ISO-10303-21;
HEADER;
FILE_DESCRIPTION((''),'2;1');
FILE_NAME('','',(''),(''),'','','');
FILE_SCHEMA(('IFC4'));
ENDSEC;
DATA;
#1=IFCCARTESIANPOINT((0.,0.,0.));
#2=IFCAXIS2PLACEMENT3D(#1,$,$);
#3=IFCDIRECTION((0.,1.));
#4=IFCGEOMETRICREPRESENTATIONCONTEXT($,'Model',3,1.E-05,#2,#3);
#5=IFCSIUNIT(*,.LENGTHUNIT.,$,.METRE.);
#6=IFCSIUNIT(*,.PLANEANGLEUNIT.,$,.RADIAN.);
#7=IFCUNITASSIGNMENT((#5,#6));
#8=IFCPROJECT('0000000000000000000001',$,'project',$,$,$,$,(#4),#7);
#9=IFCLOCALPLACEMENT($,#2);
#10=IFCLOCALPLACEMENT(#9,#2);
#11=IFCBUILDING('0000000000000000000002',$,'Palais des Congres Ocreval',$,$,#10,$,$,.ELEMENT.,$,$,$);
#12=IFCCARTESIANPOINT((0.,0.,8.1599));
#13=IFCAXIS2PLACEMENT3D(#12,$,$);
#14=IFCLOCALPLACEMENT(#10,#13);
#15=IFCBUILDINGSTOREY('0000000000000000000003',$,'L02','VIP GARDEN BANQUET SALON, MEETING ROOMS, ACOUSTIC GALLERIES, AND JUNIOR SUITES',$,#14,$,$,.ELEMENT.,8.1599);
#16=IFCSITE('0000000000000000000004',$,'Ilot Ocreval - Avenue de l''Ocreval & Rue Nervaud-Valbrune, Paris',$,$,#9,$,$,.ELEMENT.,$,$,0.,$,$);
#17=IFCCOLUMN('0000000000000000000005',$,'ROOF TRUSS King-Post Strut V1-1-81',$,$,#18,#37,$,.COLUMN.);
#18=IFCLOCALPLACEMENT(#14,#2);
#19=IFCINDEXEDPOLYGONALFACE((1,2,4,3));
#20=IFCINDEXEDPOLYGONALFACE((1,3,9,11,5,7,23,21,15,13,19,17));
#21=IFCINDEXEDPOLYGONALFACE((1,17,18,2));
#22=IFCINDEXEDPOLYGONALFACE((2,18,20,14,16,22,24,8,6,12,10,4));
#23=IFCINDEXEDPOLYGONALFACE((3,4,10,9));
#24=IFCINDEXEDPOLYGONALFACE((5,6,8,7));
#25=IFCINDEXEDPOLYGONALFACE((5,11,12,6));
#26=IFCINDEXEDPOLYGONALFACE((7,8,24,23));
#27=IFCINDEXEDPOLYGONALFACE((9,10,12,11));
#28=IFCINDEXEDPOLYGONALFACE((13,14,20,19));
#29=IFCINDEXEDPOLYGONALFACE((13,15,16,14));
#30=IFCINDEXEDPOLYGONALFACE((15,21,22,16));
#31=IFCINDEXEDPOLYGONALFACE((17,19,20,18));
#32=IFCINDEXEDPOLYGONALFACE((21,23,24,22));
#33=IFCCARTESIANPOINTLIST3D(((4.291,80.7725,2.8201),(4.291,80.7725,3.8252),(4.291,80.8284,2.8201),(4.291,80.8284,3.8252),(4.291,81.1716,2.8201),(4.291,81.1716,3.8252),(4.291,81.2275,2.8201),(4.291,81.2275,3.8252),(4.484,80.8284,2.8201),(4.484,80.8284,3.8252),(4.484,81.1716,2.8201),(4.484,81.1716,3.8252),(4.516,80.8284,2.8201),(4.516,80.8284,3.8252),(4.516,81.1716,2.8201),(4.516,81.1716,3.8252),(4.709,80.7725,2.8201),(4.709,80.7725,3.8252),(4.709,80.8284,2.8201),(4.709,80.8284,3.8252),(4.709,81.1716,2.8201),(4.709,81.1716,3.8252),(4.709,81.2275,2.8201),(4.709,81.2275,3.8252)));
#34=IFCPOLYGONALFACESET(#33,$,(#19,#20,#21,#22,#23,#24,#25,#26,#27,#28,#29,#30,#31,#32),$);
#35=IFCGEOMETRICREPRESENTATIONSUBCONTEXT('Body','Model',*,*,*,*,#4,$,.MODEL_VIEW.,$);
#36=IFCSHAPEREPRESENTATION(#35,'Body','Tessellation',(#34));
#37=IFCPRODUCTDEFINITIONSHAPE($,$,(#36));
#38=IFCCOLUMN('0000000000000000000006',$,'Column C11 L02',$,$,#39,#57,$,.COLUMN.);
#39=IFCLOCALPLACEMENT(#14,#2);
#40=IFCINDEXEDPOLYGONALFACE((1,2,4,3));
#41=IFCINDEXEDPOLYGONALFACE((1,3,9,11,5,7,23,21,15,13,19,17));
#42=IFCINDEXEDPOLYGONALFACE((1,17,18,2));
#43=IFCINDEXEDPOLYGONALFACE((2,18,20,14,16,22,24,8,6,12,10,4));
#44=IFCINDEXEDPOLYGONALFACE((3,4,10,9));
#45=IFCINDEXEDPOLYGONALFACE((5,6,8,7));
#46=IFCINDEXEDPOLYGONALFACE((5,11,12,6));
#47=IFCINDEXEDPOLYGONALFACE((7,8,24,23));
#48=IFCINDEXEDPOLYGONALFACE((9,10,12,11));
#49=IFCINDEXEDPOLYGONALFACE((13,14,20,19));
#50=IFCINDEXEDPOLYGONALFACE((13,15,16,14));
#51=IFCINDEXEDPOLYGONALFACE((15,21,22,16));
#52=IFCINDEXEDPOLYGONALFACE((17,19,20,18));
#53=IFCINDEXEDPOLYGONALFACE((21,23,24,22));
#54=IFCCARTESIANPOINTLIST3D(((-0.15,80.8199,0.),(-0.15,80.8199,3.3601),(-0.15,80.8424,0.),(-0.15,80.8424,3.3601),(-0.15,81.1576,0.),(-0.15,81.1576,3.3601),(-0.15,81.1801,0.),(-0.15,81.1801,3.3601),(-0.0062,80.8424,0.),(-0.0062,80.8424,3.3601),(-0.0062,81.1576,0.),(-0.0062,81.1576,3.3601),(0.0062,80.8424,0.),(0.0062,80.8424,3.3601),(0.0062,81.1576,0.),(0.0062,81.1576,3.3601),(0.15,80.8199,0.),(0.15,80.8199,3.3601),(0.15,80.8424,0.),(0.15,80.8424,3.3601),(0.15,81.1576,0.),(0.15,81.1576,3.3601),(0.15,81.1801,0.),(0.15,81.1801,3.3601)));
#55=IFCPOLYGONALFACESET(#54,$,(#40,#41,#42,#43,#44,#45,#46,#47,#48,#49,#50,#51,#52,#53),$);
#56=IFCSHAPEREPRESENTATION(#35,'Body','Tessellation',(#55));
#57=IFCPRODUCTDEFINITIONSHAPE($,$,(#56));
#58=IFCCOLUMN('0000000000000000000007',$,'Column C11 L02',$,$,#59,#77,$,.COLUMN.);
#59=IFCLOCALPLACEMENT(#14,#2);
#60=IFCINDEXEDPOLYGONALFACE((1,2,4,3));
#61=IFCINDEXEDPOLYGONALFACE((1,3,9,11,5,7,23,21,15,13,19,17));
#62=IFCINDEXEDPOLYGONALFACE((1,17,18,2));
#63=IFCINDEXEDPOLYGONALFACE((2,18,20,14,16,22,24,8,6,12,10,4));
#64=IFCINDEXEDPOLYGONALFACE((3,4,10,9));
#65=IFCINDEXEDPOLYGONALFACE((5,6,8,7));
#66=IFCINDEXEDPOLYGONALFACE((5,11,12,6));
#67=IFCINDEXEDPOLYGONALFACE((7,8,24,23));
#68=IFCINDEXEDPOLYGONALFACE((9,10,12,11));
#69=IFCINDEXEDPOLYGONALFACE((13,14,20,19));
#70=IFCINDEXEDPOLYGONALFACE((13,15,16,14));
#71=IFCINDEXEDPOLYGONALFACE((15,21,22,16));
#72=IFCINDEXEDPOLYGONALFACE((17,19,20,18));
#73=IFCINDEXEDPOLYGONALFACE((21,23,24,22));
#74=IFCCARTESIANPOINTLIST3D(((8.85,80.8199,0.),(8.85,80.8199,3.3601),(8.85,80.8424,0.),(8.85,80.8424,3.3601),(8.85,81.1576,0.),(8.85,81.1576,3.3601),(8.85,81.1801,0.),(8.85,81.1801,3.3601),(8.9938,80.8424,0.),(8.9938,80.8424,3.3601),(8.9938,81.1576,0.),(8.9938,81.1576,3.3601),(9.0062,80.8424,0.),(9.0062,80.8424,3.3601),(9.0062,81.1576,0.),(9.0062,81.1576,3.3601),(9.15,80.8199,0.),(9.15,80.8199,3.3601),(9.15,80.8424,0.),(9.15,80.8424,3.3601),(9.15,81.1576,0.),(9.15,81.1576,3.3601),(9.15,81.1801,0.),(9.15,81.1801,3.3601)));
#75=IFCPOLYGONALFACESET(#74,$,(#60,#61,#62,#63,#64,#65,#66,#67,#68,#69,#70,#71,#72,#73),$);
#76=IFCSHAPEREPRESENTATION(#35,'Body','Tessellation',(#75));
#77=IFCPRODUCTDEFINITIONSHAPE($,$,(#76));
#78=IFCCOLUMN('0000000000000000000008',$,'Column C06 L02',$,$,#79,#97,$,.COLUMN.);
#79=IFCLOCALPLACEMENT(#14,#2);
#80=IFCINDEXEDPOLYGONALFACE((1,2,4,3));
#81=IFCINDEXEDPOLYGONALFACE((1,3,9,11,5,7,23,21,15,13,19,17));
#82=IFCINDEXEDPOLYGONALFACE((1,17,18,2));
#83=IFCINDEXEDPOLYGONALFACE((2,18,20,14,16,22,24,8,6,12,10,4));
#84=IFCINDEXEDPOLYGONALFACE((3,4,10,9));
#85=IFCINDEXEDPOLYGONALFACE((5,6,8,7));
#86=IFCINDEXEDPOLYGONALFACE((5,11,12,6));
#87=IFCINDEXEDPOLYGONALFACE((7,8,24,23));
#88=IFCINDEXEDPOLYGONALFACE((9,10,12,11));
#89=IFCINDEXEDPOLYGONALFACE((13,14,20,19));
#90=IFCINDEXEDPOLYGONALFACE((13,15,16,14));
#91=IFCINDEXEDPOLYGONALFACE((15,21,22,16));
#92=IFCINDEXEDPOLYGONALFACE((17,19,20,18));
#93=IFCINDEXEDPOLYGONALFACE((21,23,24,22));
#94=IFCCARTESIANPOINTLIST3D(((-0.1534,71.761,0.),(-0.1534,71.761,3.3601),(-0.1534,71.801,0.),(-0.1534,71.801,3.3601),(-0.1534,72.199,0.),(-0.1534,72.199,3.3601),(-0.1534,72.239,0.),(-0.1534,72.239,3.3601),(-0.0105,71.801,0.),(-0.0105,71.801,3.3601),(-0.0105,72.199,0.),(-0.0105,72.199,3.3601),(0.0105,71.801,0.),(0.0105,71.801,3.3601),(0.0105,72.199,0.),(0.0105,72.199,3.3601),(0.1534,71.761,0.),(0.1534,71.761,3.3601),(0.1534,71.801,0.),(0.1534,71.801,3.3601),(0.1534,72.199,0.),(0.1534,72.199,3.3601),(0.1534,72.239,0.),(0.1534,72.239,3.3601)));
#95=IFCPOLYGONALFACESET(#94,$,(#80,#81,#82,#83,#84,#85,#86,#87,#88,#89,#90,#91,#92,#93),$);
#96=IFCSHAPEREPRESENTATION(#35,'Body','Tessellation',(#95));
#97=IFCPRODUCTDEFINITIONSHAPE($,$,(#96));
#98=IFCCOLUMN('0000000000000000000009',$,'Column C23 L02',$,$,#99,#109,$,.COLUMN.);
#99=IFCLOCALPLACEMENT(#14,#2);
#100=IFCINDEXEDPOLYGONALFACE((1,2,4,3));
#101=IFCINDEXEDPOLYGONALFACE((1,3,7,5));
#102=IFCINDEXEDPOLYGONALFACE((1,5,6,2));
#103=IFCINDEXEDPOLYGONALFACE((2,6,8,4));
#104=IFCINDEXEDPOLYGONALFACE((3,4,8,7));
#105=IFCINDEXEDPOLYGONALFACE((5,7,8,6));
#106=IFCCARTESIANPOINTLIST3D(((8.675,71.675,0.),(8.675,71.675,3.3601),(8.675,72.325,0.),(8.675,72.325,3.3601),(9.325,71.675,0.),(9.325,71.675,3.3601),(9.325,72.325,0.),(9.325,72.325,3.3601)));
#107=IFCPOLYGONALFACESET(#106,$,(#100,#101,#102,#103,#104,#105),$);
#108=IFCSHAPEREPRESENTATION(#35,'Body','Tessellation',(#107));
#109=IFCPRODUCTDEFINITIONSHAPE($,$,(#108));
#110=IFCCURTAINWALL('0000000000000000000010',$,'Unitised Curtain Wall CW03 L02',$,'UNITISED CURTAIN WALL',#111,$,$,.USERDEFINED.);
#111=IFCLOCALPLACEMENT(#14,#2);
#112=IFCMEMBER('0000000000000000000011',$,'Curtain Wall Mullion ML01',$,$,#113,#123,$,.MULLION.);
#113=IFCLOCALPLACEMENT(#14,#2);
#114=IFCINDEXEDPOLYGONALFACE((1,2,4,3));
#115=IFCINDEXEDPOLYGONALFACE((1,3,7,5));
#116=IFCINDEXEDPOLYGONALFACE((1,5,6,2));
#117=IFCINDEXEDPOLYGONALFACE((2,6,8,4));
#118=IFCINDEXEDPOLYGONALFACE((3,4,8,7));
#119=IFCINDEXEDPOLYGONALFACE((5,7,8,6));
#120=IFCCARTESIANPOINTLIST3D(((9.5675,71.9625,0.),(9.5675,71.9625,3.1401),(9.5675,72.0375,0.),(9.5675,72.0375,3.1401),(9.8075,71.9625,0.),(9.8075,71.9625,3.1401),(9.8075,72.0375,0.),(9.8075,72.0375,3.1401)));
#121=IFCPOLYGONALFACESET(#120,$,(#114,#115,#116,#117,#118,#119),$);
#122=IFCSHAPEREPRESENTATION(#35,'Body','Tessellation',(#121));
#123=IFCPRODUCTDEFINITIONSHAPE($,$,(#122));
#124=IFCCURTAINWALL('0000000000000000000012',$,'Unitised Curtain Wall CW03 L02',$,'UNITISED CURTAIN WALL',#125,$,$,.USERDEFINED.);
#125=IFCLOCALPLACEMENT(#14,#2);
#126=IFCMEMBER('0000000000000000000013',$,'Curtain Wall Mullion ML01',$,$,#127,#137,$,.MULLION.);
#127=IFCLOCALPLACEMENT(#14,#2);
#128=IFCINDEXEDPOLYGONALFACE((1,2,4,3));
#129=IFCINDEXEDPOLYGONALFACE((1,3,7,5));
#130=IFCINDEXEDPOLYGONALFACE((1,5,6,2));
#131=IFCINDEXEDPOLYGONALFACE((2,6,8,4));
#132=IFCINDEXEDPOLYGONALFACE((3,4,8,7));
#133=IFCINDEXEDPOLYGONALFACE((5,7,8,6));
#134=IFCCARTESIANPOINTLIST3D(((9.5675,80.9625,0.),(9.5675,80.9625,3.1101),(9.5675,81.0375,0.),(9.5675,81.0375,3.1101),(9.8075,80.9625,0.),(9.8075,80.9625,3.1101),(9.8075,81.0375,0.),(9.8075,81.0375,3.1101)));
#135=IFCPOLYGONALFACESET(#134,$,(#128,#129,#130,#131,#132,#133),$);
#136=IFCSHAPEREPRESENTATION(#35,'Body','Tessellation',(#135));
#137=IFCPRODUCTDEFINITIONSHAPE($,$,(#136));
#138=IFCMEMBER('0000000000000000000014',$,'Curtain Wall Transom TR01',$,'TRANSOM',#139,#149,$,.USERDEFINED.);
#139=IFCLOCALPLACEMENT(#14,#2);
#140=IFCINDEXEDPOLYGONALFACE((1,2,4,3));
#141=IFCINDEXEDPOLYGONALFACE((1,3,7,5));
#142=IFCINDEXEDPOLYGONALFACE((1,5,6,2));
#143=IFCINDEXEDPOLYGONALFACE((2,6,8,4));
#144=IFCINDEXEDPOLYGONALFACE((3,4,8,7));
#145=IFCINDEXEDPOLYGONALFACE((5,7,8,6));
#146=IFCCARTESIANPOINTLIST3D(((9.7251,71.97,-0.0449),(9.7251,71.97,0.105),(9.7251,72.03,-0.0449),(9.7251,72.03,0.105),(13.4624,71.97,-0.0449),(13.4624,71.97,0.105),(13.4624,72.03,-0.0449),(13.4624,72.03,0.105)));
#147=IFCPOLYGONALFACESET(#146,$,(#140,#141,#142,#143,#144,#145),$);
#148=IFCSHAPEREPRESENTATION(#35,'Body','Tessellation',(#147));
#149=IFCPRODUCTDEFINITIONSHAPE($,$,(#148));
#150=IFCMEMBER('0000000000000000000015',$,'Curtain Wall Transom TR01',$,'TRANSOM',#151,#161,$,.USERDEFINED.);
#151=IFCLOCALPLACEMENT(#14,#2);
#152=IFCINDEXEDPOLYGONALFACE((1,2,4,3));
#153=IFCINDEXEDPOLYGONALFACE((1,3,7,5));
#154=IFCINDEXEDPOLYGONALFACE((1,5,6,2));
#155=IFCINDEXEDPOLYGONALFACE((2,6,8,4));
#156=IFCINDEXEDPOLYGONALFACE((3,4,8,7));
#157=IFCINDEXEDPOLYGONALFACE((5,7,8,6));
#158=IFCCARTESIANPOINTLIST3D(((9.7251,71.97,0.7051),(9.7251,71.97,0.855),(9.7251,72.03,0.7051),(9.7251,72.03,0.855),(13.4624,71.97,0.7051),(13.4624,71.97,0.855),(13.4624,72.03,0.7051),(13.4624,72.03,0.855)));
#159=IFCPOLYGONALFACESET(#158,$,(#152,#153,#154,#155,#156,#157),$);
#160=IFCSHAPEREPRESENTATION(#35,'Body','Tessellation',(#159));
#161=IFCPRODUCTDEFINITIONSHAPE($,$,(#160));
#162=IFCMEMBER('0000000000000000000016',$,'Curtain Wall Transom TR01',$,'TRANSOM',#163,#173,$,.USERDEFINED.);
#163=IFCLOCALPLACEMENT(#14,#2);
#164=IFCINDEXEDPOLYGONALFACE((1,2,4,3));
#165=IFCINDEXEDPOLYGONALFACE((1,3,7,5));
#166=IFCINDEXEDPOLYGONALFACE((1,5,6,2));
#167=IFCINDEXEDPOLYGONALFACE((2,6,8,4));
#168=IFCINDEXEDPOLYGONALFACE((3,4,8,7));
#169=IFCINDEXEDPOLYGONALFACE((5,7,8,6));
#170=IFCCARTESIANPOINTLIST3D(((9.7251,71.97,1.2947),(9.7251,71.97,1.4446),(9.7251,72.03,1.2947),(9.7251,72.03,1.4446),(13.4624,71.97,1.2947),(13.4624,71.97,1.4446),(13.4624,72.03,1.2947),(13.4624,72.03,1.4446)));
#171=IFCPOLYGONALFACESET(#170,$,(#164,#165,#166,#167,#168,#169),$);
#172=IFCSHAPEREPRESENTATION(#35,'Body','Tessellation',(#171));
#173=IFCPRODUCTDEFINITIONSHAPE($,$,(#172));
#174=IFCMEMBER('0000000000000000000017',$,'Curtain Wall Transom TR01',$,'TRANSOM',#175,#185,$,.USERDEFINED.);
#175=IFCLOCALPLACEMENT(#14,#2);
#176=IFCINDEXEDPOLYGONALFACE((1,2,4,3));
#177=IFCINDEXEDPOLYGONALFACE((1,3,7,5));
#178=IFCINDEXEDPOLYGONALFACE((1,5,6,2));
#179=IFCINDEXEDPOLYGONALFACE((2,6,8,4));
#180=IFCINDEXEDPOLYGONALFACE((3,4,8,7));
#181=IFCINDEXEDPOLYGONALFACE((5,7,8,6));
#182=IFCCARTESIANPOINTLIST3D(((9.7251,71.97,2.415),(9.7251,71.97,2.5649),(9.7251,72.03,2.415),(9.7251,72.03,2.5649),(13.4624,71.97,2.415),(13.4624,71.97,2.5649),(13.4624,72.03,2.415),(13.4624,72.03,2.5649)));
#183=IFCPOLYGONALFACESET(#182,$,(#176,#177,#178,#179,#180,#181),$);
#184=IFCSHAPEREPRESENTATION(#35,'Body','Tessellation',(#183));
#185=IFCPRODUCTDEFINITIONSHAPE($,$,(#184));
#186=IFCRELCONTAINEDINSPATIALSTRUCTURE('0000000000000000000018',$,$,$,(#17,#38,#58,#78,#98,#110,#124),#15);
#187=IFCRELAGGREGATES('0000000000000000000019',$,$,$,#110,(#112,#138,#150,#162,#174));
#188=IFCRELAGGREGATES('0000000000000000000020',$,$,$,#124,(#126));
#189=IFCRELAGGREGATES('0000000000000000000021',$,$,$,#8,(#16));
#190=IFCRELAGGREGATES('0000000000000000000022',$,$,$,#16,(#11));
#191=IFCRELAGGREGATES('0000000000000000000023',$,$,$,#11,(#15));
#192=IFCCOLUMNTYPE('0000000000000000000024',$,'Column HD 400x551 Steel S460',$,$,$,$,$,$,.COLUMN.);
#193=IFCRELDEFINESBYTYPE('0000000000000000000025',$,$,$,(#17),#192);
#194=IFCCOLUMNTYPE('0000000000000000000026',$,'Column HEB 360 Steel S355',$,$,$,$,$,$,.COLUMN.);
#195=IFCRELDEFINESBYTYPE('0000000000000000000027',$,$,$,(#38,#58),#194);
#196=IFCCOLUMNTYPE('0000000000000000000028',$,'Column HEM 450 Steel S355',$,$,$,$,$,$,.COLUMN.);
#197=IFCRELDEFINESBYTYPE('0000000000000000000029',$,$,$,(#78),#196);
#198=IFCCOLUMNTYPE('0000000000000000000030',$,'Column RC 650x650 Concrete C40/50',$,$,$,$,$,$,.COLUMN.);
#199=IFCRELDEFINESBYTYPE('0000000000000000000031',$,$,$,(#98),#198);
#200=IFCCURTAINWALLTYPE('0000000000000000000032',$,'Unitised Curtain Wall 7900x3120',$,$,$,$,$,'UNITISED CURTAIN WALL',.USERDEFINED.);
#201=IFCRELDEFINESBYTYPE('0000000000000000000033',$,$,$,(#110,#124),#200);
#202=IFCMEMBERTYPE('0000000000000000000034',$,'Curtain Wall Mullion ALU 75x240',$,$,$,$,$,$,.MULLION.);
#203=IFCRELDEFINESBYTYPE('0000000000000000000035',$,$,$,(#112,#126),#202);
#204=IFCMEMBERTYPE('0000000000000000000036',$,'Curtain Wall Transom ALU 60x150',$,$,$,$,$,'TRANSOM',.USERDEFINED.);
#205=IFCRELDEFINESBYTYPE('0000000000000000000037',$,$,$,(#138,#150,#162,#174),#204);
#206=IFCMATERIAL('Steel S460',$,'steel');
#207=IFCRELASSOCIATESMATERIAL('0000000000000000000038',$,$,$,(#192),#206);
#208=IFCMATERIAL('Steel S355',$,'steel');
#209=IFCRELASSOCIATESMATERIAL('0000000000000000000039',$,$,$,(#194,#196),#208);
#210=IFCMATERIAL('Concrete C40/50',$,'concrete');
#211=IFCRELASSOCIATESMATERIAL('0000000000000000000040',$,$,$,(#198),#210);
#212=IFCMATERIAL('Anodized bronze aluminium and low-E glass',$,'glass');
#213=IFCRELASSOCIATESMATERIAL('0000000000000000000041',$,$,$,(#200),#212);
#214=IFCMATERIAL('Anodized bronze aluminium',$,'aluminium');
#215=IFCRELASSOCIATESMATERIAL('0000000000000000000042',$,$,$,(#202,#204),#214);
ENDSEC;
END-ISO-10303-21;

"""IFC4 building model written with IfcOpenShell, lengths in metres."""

from ifc_helpers import new_model, si_unit, direction, frame, origin, origin_2d, place, context, subcontext, project, spatial, rectangle, i_section, extrude, material, material_profile, profile_set, type_object, element, aggregate, save


model = new_model("IFC4")

# Units and contexts
model_context = context("Model", 3, precision=1e-05, world=origin(), true_north=direction((0.0, 1.0)))
body_context = subcontext(model_context, "Body", "Model", "MODEL_VIEW")
ifc_project = project(units=[si_unit("LENGTHUNIT", "METRE"), si_unit("PLANEANGLEUNIT", "RADIAN")], contexts=[model_context])

# Site, building, storey
site_placement = place(None, origin())
site = spatial("IfcSite", under=ifc_project, at=site_placement, Name="Ilot Ocreval - Avenue de l'Ocreval & Rue Nervaud-Valbrune, Paris", CompositionType="ELEMENT", RefElevation=0.0)
building_placement = place(site_placement, origin())
building = spatial("IfcBuilding", under=site, at=building_placement, Name="Palais des Congres Ocreval", CompositionType="ELEMENT")
storey_placement = place(building_placement, frame((0.0, 0.0, 8.1599)))
storey = spatial("IfcBuildingStorey", under=building, at=storey_placement, Name="L02", Description="VIP GARDEN BANQUET SALON, MEETING ROOMS, ACOUSTIC GALLERIES, AND JUNIOR SUITES", CompositionType="ELEMENT", Elevation=8.1599)

# Columns
ifc_material_1 = material(Name="Steel S460", Category="steel")
ifc_material_profile_1 = material_profile(ifc_material_1, i_section(OverallWidth=0.418, OverallDepth=0.4551, WebThickness=0.032, FlangeThickness=0.0559, at=origin_2d()), Name="HD 400x551")
ifc_profile_set_1 = profile_set([ifc_material_profile_1], Name="Steel S460")
column_type_1 = type_object("IfcColumnType", Name="Column HD 400x551 Steel S460", PredefinedType="COLUMN", material=ifc_profile_set_1)
column_1_placement = place(storey_placement, frame((4.5, 81.0, 2.8201), z_axis=(0.0, 0.0, 1.0), x_axis=(1.0, 0.0, 0.0)))
element("IfcColumn", 1, at=column_1_placement, inside=storey, type_object=column_type_1, Name="ROOF TRUSS King-Post Strut V1-1-81", PredefinedType="COLUMN", context=body_context, shape_type="SweptSolid", body=[
    extrude(i_section(OverallWidth=0.418, OverallDepth=0.4551, WebThickness=0.032, FlangeThickness=0.0559, at=origin_2d()), origin(), (0.0, 0.0, 1.0), 1.0051),
])
ifc_material_2 = material(Name="Steel S355", Category="steel")
ifc_material_profile_2 = material_profile(ifc_material_2, i_section(OverallWidth=0.3, OverallDepth=0.3601, WebThickness=0.0125, FlangeThickness=0.0225, at=origin_2d()), Name="HEB 360")
ifc_profile_set_2 = profile_set([ifc_material_profile_2], Name="Steel S355")
column_type_2 = type_object("IfcColumnType", Name="Column HEB 360 Steel S355", PredefinedType="COLUMN", material=ifc_profile_set_2)
for number, where, z_axis, x_axis, name in (
    (2, (0.0, 81.0, 0.0), (0.0, 0.0, 1.0), (1.0, 0.0, 0.0), "Column C11 L02"),
    (3, (9.0, 81.0, 0.0), (0.0, 0.0, 1.0), (1.0, 0.0, 0.0), "Column C11 L02"),
):
    element("IfcColumn", number, at=place(storey_placement, frame(where, z_axis=z_axis, x_axis=x_axis)), inside=storey, type_object=column_type_2, Name=name, PredefinedType="COLUMN", context=body_context, shape_type="SweptSolid", body=[
        extrude(i_section(OverallWidth=0.3, OverallDepth=0.3601, WebThickness=0.0125, FlangeThickness=0.0225, at=origin_2d()), origin(), (0.0, 0.0, 1.0), 3.3601),
    ])
ifc_material_profile_3 = material_profile(ifc_material_2, i_section(OverallWidth=0.3069, OverallDepth=0.478, WebThickness=0.021, FlangeThickness=0.04, at=origin_2d()), Name="HEM 450")
ifc_profile_set_3 = profile_set([ifc_material_profile_3], Name="Steel S355")
column_type_3 = type_object("IfcColumnType", Name="Column HEM 450 Steel S355", PredefinedType="COLUMN", material=ifc_profile_set_3)
column_2_placement = place(storey_placement, frame((0.0, 72.0, 0.0), z_axis=(0.0, 0.0, 1.0), x_axis=(1.0, 0.0, 0.0)))
element("IfcColumn", 4, at=column_2_placement, inside=storey, type_object=column_type_3, Name="Column C06 L02", PredefinedType="COLUMN", context=body_context, shape_type="SweptSolid", body=[
    extrude(i_section(OverallWidth=0.3069, OverallDepth=0.478, WebThickness=0.021, FlangeThickness=0.04, at=origin_2d()), origin(), (0.0, 0.0, 1.0), 3.3601),
])
ifc_material_3 = material(Name="Concrete C40/50", Category="concrete")
ifc_material_profile_4 = material_profile(ifc_material_3, rectangle(XDim=0.6499, YDim=0.6499, at=origin_2d()), Name="RC 650x650")
ifc_profile_set_4 = profile_set([ifc_material_profile_4], Name="Concrete C40/50")
column_type_4 = type_object("IfcColumnType", Name="Column RC 650x650 Concrete C40/50", PredefinedType="COLUMN", material=ifc_profile_set_4)
column_3_placement = place(storey_placement, frame((9.0, 72.0, 0.0), z_axis=(0.0, 0.0, 1.0), x_axis=(1.0, 0.0, 0.0)))
element("IfcColumn", 5, at=column_3_placement, inside=storey, type_object=column_type_4, Name="Column C23 L02", PredefinedType="COLUMN", context=body_context, shape_type="SweptSolid", body=[
    extrude(rectangle(XDim=0.6499, YDim=0.6499, at=origin_2d()), origin(), (0.0, 0.0, 1.0), 3.3601),
])

# Curtain walls, members
ifc_material_4 = material(Name="Anodized bronze aluminium and low-E glass", Category="glass")
curtain_wall_type = type_object("IfcCurtainWallType", Name="Unitised Curtain Wall 7900x3120", ElementType="UNITISED CURTAIN WALL", PredefinedType="USERDEFINED", material=ifc_material_4)
curtain_wall_1_placement = place(storey_placement, origin())
curtain_wall_1 = element("IfcCurtainWall", 6, at=curtain_wall_1_placement, inside=storey, type_object=curtain_wall_type, Name="Unitised Curtain Wall CW03 L02", ObjectType="UNITISED CURTAIN WALL", PredefinedType="USERDEFINED")
ifc_material_5 = material(Name="Anodized bronze aluminium", Category="aluminium")
ifc_material_profile_5 = material_profile(ifc_material_5, rectangle(XDim=0.075, YDim=0.24, at=origin_2d()), Name="ALU 75x240")
ifc_profile_set_5 = profile_set([ifc_material_profile_5], Name="Anodized bronze aluminium")
member_type_1 = type_object("IfcMemberType", Name="Curtain Wall Mullion ALU 75x240", PredefinedType="MULLION", material=ifc_profile_set_5)
member_1_placement = place(storey_placement, frame((9.6875, 72.0, 0.0), z_axis=(0.0, 0.0, 1.0), x_axis=(0.0, 1.0, 0.0)))
member_1 = element("IfcMember", 7, at=member_1_placement, type_object=member_type_1, Name="Curtain Wall Mullion ML01", PredefinedType="MULLION", context=body_context, shape_type="SweptSolid", body=[
    extrude(rectangle(XDim=0.075, YDim=0.24, at=origin_2d()), origin(), (0.0, 0.0, 1.0), 3.1401),
])
curtain_wall_2_placement = place(storey_placement, origin())
curtain_wall_2 = element("IfcCurtainWall", 8, at=curtain_wall_2_placement, inside=storey, type_object=curtain_wall_type, Name="Unitised Curtain Wall CW03 L02", ObjectType="UNITISED CURTAIN WALL", PredefinedType="USERDEFINED")
member_2_placement = place(storey_placement, frame((9.6875, 81.0, 0.0), z_axis=(0.0, 0.0, 1.0), x_axis=(0.0, -1.0, 0.0)))
member_2 = element("IfcMember", 9, at=member_2_placement, type_object=member_type_1, Name="Curtain Wall Mullion ML01", PredefinedType="MULLION", context=body_context, shape_type="SweptSolid", body=[
    extrude(rectangle(XDim=0.075, YDim=0.24, at=origin_2d()), origin(), (0.0, 0.0, 1.0), 3.1101),
])

# Members
ifc_material_profile_6 = material_profile(ifc_material_5, rectangle(XDim=0.0601, YDim=0.1499, at=origin_2d()), Name="ALU 60x150")
ifc_profile_set_6 = profile_set([ifc_material_profile_6], Name="Anodized bronze aluminium")
member_type_2 = type_object("IfcMemberType", Name="Curtain Wall Transom ALU 60x150", ElementType="TRANSOM", PredefinedType="USERDEFINED", material=ifc_profile_set_6)
member_3_placement = place(storey_placement, frame((9.7251, 72.0, 0.03), z_axis=(1.0, 0.0, 0.0), x_axis=(0.0, 1.0, 0.0)))
member_3 = element("IfcMember", 10, at=member_3_placement, type_object=member_type_2, Name="Curtain Wall Transom TR01", ObjectType="TRANSOM", PredefinedType="USERDEFINED", context=body_context, shape_type="SweptSolid", body=[
    extrude(rectangle(XDim=0.0601, YDim=0.1499, at=origin_2d()), origin(), (0.0, 0.0, 1.0), 3.7373),
])
member_4_placement = place(storey_placement, frame((9.7251, 72.0, 0.78), z_axis=(1.0, 0.0, 0.0), x_axis=(0.0, 1.0, 0.0)))
member_4 = element("IfcMember", 11, at=member_4_placement, type_object=member_type_2, Name="Curtain Wall Transom TR01", ObjectType="TRANSOM", PredefinedType="USERDEFINED", context=body_context, shape_type="SweptSolid", body=[
    extrude(rectangle(XDim=0.0601, YDim=0.1499, at=origin_2d()), origin(), (0.0, 0.0, 1.0), 3.7373),
])
member_5_placement = place(storey_placement, frame((9.7251, 72.0, 1.3696), z_axis=(1.0, 0.0, 0.0), x_axis=(0.0, 1.0, 0.0)))
member_5 = element("IfcMember", 12, at=member_5_placement, type_object=member_type_2, Name="Curtain Wall Transom TR01", ObjectType="TRANSOM", PredefinedType="USERDEFINED", context=body_context, shape_type="SweptSolid", body=[
    extrude(rectangle(XDim=0.0601, YDim=0.1499, at=origin_2d()), origin(), (0.0, 0.0, 1.0), 3.7373),
])
member_6_placement = place(storey_placement, frame((9.7251, 72.0, 2.49), z_axis=(1.0, 0.0, 0.0), x_axis=(0.0, 1.0, 0.0)))
member_6 = element("IfcMember", 13, at=member_6_placement, type_object=member_type_2, Name="Curtain Wall Transom TR01", ObjectType="TRANSOM", PredefinedType="USERDEFINED", context=body_context, shape_type="SweptSolid", body=[
    extrude(rectangle(XDim=0.0601, YDim=0.1499, at=origin_2d()), origin(), (0.0, 0.0, 1.0), 3.7373),
])

aggregate(curtain_wall_1, [member_1, member_3, member_4, member_5, member_6])
aggregate(curtain_wall_2, [member_2])

save(model, "model.ifc")
